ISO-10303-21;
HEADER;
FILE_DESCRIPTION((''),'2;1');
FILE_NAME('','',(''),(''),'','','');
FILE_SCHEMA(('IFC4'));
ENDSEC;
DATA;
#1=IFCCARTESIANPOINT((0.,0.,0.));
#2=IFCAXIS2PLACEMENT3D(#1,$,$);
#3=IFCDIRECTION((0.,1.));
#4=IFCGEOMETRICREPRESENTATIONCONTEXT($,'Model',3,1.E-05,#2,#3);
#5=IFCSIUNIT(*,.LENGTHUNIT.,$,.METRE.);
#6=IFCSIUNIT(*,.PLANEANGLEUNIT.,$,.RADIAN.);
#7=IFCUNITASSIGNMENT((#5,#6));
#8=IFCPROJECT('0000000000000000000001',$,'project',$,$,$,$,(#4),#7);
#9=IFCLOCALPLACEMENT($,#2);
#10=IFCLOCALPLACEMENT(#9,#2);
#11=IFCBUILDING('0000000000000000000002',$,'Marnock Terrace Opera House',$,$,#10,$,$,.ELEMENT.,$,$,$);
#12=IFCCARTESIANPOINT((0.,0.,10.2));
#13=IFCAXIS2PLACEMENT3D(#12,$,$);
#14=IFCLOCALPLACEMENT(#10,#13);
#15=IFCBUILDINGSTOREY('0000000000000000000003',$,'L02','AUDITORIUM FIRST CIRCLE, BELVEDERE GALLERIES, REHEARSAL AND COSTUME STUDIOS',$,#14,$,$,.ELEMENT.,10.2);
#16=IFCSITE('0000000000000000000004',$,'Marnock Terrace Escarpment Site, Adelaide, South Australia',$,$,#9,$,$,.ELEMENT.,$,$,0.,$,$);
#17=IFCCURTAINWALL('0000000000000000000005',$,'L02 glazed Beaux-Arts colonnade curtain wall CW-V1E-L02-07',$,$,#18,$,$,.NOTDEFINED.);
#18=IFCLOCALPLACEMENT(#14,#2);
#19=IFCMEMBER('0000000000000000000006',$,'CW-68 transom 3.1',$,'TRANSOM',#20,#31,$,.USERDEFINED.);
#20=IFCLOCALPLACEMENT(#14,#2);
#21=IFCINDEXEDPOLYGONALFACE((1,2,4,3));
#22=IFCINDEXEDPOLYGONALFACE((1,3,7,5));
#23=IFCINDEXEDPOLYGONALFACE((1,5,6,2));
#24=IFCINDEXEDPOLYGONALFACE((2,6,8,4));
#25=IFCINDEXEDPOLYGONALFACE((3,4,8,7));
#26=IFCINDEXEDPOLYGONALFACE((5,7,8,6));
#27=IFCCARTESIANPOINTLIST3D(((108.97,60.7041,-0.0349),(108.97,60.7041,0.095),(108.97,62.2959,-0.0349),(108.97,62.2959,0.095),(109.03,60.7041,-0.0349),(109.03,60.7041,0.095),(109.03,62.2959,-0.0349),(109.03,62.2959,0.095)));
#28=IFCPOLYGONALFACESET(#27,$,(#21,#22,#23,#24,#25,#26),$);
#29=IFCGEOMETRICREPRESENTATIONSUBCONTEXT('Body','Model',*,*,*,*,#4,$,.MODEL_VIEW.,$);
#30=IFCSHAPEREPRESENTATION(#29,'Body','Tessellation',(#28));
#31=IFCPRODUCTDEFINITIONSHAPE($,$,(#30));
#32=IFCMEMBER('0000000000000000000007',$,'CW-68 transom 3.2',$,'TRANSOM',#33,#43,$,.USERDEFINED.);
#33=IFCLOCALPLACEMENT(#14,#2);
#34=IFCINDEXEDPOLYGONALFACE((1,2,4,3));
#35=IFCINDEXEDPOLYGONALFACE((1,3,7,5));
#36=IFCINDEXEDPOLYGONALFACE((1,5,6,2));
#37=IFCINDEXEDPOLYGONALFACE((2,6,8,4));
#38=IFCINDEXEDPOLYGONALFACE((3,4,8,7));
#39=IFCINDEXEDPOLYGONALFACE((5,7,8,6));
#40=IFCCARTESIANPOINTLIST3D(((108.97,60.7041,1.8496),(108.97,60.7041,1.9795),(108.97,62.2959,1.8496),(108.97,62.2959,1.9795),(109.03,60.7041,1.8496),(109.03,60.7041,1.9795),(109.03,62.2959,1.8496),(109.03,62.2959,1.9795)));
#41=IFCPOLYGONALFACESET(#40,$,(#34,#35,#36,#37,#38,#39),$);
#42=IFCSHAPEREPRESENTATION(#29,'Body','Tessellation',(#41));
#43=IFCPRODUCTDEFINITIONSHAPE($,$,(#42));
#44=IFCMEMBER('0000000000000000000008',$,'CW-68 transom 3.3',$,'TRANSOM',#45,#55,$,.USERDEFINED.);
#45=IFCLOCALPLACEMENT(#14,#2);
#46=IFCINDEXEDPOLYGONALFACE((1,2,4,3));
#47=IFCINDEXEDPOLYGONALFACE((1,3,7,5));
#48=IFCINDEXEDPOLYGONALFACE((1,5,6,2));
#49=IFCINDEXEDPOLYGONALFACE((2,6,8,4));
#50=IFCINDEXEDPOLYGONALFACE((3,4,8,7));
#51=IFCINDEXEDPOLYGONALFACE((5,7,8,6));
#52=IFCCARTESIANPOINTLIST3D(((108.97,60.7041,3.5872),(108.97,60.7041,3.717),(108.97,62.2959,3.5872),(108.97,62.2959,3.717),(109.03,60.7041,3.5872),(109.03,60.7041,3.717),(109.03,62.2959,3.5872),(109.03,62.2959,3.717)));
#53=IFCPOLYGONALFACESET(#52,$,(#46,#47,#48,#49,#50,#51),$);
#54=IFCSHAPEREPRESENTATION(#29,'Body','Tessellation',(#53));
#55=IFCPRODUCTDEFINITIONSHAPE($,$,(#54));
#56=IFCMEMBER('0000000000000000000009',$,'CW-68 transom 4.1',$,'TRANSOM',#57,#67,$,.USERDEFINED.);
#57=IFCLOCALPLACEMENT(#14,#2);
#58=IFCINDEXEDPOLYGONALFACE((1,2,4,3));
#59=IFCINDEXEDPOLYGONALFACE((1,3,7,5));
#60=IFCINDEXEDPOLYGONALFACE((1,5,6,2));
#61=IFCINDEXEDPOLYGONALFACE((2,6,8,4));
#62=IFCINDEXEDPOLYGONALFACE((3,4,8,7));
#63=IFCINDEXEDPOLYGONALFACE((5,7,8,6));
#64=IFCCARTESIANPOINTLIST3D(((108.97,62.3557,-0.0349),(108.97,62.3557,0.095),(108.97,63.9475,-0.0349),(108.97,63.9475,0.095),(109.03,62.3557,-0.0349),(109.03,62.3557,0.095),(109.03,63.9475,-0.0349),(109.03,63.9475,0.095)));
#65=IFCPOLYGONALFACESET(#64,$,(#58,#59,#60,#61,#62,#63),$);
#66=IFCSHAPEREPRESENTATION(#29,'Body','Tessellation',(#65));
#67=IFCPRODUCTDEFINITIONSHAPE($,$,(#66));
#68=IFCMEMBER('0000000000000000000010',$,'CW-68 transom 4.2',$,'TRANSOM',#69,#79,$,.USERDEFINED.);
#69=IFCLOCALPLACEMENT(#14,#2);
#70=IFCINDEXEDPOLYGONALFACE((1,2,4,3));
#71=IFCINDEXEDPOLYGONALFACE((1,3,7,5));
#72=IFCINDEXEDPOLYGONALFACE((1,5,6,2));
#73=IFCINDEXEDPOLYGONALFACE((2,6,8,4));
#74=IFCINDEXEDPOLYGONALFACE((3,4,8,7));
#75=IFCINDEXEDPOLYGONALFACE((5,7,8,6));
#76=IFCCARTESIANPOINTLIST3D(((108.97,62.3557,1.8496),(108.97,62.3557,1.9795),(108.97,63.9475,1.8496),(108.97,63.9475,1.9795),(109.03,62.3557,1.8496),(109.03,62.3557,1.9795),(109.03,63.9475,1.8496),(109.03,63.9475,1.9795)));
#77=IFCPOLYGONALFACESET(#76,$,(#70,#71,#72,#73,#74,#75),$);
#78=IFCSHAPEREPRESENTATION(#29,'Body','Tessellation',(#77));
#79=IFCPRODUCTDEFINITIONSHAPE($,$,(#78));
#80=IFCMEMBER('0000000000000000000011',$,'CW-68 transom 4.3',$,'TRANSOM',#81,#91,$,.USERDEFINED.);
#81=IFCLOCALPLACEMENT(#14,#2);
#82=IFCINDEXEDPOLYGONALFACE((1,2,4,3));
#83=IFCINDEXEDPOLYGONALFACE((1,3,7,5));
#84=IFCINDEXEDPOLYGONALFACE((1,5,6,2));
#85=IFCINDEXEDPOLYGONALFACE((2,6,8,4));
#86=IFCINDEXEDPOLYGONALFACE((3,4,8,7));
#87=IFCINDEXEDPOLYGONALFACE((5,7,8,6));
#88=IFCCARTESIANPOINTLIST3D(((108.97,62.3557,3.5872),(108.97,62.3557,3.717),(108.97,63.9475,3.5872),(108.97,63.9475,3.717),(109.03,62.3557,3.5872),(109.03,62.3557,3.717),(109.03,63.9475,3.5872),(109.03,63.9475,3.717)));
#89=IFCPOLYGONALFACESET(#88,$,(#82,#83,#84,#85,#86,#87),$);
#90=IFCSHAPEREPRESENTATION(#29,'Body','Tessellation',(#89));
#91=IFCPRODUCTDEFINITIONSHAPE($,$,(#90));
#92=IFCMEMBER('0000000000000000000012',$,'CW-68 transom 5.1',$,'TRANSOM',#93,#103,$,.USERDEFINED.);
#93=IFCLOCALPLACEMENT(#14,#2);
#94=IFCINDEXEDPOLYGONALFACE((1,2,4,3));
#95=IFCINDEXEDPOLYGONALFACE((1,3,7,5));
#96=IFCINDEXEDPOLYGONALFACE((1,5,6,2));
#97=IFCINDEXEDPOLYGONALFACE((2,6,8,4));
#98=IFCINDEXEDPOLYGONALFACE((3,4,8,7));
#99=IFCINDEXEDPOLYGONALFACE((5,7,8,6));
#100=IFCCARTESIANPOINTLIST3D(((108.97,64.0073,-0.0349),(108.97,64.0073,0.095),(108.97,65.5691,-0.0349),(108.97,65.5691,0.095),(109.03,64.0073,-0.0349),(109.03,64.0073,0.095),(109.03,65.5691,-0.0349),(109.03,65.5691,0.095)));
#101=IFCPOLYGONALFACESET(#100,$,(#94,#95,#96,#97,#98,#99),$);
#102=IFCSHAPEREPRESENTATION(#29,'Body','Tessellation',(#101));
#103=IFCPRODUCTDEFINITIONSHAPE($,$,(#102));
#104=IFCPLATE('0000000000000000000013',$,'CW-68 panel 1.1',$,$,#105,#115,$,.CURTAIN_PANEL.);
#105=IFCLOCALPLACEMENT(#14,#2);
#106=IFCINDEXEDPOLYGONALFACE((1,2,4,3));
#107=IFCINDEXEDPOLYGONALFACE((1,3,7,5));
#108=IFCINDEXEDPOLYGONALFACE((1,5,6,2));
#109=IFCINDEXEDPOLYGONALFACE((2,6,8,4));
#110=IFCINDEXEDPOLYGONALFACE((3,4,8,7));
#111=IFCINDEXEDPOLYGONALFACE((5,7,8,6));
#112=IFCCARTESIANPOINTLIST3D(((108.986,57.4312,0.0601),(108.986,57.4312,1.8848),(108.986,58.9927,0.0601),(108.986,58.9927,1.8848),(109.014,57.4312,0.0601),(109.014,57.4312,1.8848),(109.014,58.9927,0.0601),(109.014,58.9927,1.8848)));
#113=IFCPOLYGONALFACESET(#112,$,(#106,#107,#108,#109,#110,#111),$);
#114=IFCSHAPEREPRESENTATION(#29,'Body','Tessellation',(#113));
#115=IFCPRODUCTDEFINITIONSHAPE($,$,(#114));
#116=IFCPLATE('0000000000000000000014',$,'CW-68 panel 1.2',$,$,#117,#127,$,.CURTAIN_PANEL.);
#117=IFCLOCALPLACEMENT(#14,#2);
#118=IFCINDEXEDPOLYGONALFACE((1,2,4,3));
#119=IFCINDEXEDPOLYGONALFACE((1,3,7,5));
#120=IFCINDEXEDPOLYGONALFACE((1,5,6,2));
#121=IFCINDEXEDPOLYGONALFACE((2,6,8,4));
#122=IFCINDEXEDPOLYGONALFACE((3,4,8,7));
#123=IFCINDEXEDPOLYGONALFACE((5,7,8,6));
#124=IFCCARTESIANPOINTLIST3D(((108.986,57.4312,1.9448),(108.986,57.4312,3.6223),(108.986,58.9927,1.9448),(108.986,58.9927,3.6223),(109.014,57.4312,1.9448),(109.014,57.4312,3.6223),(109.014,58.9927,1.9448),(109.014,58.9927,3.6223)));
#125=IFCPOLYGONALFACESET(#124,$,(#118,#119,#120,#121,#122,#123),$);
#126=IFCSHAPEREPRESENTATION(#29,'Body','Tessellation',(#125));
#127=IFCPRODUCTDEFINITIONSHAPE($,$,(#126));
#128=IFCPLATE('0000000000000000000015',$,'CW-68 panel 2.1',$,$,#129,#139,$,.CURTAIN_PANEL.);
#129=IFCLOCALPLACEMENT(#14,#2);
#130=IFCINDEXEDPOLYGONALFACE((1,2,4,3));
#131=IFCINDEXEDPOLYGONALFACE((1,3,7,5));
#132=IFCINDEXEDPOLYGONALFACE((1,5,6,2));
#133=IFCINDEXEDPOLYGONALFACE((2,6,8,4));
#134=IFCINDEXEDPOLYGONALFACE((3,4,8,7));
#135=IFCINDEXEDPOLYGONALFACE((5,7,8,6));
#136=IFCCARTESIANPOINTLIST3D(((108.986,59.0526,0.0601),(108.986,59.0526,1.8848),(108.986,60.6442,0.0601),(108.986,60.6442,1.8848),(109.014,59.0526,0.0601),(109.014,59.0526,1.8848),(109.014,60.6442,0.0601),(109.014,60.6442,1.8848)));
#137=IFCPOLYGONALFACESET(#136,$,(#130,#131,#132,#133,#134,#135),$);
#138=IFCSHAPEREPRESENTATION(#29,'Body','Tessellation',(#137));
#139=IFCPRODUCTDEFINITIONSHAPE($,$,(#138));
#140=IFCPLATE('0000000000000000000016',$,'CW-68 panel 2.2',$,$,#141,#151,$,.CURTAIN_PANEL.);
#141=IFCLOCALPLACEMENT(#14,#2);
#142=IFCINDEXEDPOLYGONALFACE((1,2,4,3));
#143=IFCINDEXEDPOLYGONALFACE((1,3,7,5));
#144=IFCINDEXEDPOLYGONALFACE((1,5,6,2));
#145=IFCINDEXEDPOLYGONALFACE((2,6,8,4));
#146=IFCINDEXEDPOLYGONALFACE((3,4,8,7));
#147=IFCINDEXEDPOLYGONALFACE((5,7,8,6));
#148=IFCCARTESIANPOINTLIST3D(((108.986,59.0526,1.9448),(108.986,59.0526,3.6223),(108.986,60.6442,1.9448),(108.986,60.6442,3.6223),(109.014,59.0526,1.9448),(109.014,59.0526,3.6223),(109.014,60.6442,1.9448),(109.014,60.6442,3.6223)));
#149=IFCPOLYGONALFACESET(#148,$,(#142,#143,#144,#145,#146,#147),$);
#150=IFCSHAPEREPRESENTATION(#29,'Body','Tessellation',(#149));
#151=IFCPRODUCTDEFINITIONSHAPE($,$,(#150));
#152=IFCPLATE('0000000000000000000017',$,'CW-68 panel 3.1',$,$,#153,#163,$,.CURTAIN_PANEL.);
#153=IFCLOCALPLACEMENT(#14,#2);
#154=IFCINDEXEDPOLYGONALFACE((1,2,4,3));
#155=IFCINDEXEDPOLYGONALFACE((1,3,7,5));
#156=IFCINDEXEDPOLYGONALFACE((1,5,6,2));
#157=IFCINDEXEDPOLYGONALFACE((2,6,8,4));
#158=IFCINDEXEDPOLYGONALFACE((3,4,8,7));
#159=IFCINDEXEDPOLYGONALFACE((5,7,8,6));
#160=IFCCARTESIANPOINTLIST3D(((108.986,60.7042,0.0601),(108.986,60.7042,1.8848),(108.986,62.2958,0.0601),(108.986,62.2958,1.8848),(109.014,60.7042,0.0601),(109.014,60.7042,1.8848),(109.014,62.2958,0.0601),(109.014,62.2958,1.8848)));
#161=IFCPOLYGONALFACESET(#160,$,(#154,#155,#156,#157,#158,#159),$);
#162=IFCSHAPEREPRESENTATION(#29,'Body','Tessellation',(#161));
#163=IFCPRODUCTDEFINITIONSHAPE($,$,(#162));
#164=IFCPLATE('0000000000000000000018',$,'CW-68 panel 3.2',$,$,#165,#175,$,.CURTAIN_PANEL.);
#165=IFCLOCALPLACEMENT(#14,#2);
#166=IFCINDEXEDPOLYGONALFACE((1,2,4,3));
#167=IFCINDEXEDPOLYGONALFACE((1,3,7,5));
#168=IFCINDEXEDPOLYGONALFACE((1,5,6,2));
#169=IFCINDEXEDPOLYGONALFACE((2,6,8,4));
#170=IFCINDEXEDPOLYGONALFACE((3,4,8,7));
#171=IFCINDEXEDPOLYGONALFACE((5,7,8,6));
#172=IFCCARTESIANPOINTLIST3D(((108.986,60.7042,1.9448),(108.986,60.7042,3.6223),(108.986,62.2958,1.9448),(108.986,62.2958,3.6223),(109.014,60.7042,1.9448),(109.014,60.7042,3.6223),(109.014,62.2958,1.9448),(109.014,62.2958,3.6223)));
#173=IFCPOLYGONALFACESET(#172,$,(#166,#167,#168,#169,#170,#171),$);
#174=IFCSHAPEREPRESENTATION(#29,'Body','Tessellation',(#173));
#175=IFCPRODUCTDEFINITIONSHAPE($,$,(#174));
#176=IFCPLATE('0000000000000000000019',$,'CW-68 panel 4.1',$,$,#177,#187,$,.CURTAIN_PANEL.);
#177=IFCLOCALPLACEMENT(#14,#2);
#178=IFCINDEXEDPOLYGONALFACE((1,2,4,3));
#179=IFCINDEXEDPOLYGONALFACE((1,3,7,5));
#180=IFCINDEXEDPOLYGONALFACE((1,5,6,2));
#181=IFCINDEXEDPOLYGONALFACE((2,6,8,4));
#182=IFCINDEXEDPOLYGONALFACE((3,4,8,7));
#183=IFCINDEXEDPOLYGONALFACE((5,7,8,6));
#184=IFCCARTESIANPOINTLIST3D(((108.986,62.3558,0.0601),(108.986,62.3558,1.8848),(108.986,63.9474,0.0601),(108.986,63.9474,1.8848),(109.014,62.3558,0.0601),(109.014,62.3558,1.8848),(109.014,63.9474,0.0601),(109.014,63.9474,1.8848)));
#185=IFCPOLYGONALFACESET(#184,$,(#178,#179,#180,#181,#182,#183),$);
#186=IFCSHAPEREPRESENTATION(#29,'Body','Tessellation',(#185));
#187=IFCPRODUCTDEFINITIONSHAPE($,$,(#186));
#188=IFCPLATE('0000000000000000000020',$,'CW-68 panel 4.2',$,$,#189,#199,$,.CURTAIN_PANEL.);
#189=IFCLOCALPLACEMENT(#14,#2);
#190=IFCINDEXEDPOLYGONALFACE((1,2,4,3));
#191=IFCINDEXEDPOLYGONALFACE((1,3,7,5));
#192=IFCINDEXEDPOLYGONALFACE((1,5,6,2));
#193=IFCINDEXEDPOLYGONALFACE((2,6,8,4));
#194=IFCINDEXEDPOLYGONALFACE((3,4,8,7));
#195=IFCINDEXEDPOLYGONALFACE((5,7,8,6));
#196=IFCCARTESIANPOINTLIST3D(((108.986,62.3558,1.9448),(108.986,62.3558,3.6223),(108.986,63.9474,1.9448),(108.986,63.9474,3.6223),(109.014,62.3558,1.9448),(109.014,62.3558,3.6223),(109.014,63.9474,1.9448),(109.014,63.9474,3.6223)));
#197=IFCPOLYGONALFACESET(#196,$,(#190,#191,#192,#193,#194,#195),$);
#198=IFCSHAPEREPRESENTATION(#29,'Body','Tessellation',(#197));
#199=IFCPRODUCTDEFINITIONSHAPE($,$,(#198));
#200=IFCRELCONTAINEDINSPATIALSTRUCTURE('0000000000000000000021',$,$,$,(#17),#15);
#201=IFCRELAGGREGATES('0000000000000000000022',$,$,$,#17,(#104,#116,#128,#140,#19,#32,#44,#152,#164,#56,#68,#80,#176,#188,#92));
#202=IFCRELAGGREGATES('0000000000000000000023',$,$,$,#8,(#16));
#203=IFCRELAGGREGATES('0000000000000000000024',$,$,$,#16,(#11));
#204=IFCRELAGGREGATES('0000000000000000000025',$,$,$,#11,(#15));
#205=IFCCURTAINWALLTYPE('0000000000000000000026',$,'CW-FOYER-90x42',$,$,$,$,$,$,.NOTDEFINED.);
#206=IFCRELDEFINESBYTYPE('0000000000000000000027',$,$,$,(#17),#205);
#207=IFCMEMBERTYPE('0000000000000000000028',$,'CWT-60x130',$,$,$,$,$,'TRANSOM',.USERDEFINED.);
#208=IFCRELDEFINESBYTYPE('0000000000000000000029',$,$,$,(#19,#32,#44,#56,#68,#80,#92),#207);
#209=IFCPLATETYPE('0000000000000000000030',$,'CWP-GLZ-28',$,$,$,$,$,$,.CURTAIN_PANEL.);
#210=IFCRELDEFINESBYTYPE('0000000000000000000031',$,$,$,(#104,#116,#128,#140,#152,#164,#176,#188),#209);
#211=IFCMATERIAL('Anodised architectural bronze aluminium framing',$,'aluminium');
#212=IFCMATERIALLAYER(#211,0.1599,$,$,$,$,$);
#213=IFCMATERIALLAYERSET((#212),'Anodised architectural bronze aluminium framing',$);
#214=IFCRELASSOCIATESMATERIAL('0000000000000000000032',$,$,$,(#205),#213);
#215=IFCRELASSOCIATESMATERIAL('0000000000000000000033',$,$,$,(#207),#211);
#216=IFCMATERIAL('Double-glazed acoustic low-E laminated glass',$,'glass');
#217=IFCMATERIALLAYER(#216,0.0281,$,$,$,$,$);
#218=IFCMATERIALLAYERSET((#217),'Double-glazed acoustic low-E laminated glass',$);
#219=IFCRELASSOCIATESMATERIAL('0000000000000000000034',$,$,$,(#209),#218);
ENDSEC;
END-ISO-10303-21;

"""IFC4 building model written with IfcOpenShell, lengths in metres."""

from ifc_helpers import new_model, si_unit, direction, frame, origin, origin_2d, place, context, subcontext, project, spatial, rectangle, extrude, material, layer, layer_set, material_profile, profile_set, type_object, element, aggregate, save


model = new_model("IFC4")

# Units and contexts
model_context = context("Model", 3, precision=1e-05, world=origin(), true_north=direction((0.0, 1.0)))
body_context = subcontext(model_context, "Body", "Model", "MODEL_VIEW")
ifc_project = project(units=[si_unit("LENGTHUNIT", "METRE"), si_unit("PLANEANGLEUNIT", "RADIAN")], contexts=[model_context])

# Site, building, storey
site_placement = place(None, origin())
site = spatial("IfcSite", under=ifc_project, at=site_placement, Name="Marnock Terrace Escarpment Site, Adelaide, South Australia", CompositionType="ELEMENT", RefElevation=0.0)
building_placement = place(site_placement, origin())
building = spatial("IfcBuilding", under=site, at=building_placement, Name="Marnock Terrace Opera House", CompositionType="ELEMENT")
storey_placement = place(building_placement, frame((0.0, 0.0, 10.2)))
storey = spatial("IfcBuildingStorey", under=building, at=storey_placement, Name="L02", Description="AUDITORIUM FIRST CIRCLE, BELVEDERE GALLERIES, REHEARSAL AND COSTUME STUDIOS", CompositionType="ELEMENT", Elevation=10.2)

# Curtain wall, members, plates
ifc_material_1 = material(Name="Anodised architectural bronze aluminium framing", Category="aluminium")
ifc_layer_1 = layer(ifc_material_1, 0.1599)
ifc_layer_set_1 = layer_set([ifc_layer_1], Name="Anodised architectural bronze aluminium framing")
curtain_wall_type = type_object("IfcCurtainWallType", Name="CW-FOYER-90x42", PredefinedType="NOTDEFINED", material=ifc_layer_set_1)
curtain_wall_placement = place(storey_placement, origin())
curtain_wall = element("IfcCurtainWall", 1, at=curtain_wall_placement, inside=storey, type_object=curtain_wall_type, Name="L02 glazed Beaux-Arts colonnade curtain wall CW-V1E-L02-07", PredefinedType="NOTDEFINED")
ifc_material_profile_1 = material_profile(ifc_material_1, rectangle(XDim=0.0601, YDim=0.1299, at=origin_2d()))
ifc_profile_set_1 = profile_set([ifc_material_profile_1], Name="Anodised architectural bronze aluminium framing")
member_type_1 = type_object("IfcMemberType", Name="CWT-60x130", ElementType="TRANSOM", PredefinedType="USERDEFINED", material=ifc_profile_set_1)
member_1_placement = place(storey_placement, frame((109.0, 60.7041, 0.03), z_axis=(0.0, 1.0, 0.0), x_axis=(-1.0, 0.0, 0.0)))
member_1 = element("IfcMember", 2, at=member_1_placement, type_object=member_type_1, Name="CW-68 transom 3.1", ObjectType="TRANSOM", PredefinedType="USERDEFINED", context=body_context, shape_type="SweptSolid", body=[
    extrude(rectangle(XDim=0.0601, YDim=0.1299, at=origin_2d()), origin(), (0.0, 0.0, 1.0), 1.5918),
])
member_2_placement = place(storey_placement, frame((109.0, 60.7041, 1.9146), z_axis=(0.0, 1.0, 0.0), x_axis=(-1.0, 0.0, 0.0)))
member_2 = element("IfcMember", 3, at=member_2_placement, type_object=member_type_1, Name="CW-68 transom 3.2", ObjectType="TRANSOM", PredefinedType="USERDEFINED", context=body_context, shape_type="SweptSolid", body=[
    extrude(rectangle(XDim=0.0601, YDim=0.1299, at=origin_2d()), origin(), (0.0, 0.0, 1.0), 1.5918),
])
member_3_placement = place(storey_placement, frame((109.0, 60.7041, 3.6521), z_axis=(0.0, 1.0, 0.0), x_axis=(-1.0, 0.0, 0.0)))
member_3 = element("IfcMember", 4, at=member_3_placement, type_object=member_type_1, Name="CW-68 transom 3.3", ObjectType="TRANSOM", PredefinedType="USERDEFINED", context=body_context, shape_type="SweptSolid", body=[
    extrude(rectangle(XDim=0.0601, YDim=0.1299, at=origin_2d()), origin(), (0.0, 0.0, 1.0), 1.5918),
])
member_4_placement = place(storey_placement, frame((109.0, 62.3557, 0.03), z_axis=(0.0, 1.0, 0.0), x_axis=(-1.0, 0.0, 0.0)))
member_4 = element("IfcMember", 5, at=member_4_placement, type_object=member_type_1, Name="CW-68 transom 4.1", ObjectType="TRANSOM", PredefinedType="USERDEFINED", context=body_context, shape_type="SweptSolid", body=[
    extrude(rectangle(XDim=0.0601, YDim=0.1299, at=origin_2d()), origin(), (0.0, 0.0, 1.0), 1.5918),
])
member_5_placement = place(storey_placement, frame((109.0, 62.3557, 1.9146), z_axis=(0.0, 1.0, 0.0), x_axis=(-1.0, 0.0, 0.0)))
member_5 = element("IfcMember", 6, at=member_5_placement, type_object=member_type_1, Name="CW-68 transom 4.2", ObjectType="TRANSOM", PredefinedType="USERDEFINED", context=body_context, shape_type="SweptSolid", body=[
    extrude(rectangle(XDim=0.0601, YDim=0.1299, at=origin_2d()), origin(), (0.0, 0.0, 1.0), 1.5918),
])
member_6_placement = place(storey_placement, frame((109.0, 62.3557, 3.6521), z_axis=(0.0, 1.0, 0.0), x_axis=(-1.0, 0.0, 0.0)))
member_6 = element("IfcMember", 7, at=member_6_placement, type_object=member_type_1, Name="CW-68 transom 4.3", ObjectType="TRANSOM", PredefinedType="USERDEFINED", context=body_context, shape_type="SweptSolid", body=[
    extrude(rectangle(XDim=0.0601, YDim=0.1299, at=origin_2d()), origin(), (0.0, 0.0, 1.0), 1.5918),
])
member_7_placement = place(storey_placement, frame((109.0, 64.0073, 0.03), z_axis=(0.0, 1.0, 0.0), x_axis=(-1.0, 0.0, 0.0)))
member_7 = element("IfcMember", 8, at=member_7_placement, type_object=member_type_1, Name="CW-68 transom 5.1", ObjectType="TRANSOM", PredefinedType="USERDEFINED", context=body_context, shape_type="SweptSolid", body=[
    extrude(rectangle(XDim=0.0601, YDim=0.1299, at=origin_2d()), origin(), (0.0, 0.0, 1.0), 1.5618),
])
ifc_material_2 = material(Name="Double-glazed acoustic low-E laminated glass", Category="glass")
ifc_layer_2 = layer(ifc_material_2, 0.0281)
ifc_layer_set_2 = layer_set([ifc_layer_2], Name="Double-glazed acoustic low-E laminated glass")
plate_type = type_object("IfcPlateType", Name="CWP-GLZ-28", PredefinedType="CURTAIN_PANEL", material=ifc_layer_set_2)
plate_1_placement = place(storey_placement, frame((109.0, 58.2119, 0.0601), z_axis=(0.0, 0.0, 1.0), x_axis=(0.0, 1.0, 0.0)))
plate_1 = element("IfcPlate", 9, at=plate_1_placement, type_object=plate_type, Name="CW-68 panel 1.1", PredefinedType="CURTAIN_PANEL", context=body_context, shape_type="SweptSolid", body=[
    extrude(rectangle(XDim=1.5615, YDim=0.0281, at=origin_2d()), origin(), (0.0, 0.0, 1.0), 1.8247),
])
plate_2_placement = place(storey_placement, frame((109.0, 58.2119, 1.9448), z_axis=(0.0, 0.0, 1.0), x_axis=(0.0, 1.0, 0.0)))
plate_2 = element("IfcPlate", 10, at=plate_2_placement, type_object=plate_type, Name="CW-68 panel 1.2", PredefinedType="CURTAIN_PANEL", context=body_context, shape_type="SweptSolid", body=[
    extrude(rectangle(XDim=1.5615, YDim=0.0281, at=origin_2d()), origin(), (0.0, 0.0, 1.0), 1.6775),
])
plate_3_placement = place(storey_placement, frame((109.0, 59.8484, 0.0601), z_axis=(0.0, 0.0, 1.0), x_axis=(0.0, 1.0, 0.0)))
plate_3 = element("IfcPlate", 11, at=plate_3_placement, type_object=plate_type, Name="CW-68 panel 2.1", PredefinedType="CURTAIN_PANEL", context=body_context, shape_type="SweptSolid", body=[
    extrude(rectangle(XDim=1.5916, YDim=0.0281, at=origin_2d()), origin(), (0.0, 0.0, 1.0), 1.8247),
])
plate_4_placement = place(storey_placement, frame((109.0, 59.8484, 1.9448), z_axis=(0.0, 0.0, 1.0), x_axis=(0.0, 1.0, 0.0)))
plate_4 = element("IfcPlate", 12, at=plate_4_placement, type_object=plate_type, Name="CW-68 panel 2.2", PredefinedType="CURTAIN_PANEL", context=body_context, shape_type="SweptSolid", body=[
    extrude(rectangle(XDim=1.5916, YDim=0.0281, at=origin_2d()), origin(), (0.0, 0.0, 1.0), 1.6775),
])
plate_5_placement = place(storey_placement, frame((109.0, 61.5, 0.0601), z_axis=(0.0, 0.0, 1.0), x_axis=(0.0, 1.0, 0.0)))
plate_5 = element("IfcPlate", 13, at=plate_5_placement, type_object=plate_type, Name="CW-68 panel 3.1", PredefinedType="CURTAIN_PANEL", context=body_context, shape_type="SweptSolid", body=[
    extrude(rectangle(XDim=1.5916, YDim=0.0281, at=origin_2d()), origin(), (0.0, 0.0, 1.0), 1.8247),
])
plate_6_placement = place(storey_placement, frame((109.0, 61.5, 1.9448), z_axis=(0.0, 0.0, 1.0), x_axis=(0.0, 1.0, 0.0)))
plate_6 = element("IfcPlate", 14, at=plate_6_placement, type_object=plate_type, Name="CW-68 panel 3.2", PredefinedType="CURTAIN_PANEL", context=body_context, shape_type="SweptSolid", body=[
    extrude(rectangle(XDim=1.5916, YDim=0.0281, at=origin_2d()), origin(), (0.0, 0.0, 1.0), 1.6775),
])
plate_7_placement = place(storey_placement, frame((109.0, 63.1516, 0.0601), z_axis=(0.0, 0.0, 1.0), x_axis=(0.0, 1.0, 0.0)))
plate_7 = element("IfcPlate", 15, at=plate_7_placement, type_object=plate_type, Name="CW-68 panel 4.1", PredefinedType="CURTAIN_PANEL", context=body_context, shape_type="SweptSolid", body=[
    extrude(rectangle(XDim=1.5916, YDim=0.0281, at=origin_2d()), origin(), (0.0, 0.0, 1.0), 1.8247),
])
plate_8_placement = place(storey_placement, frame((109.0, 63.1516, 1.9448), z_axis=(0.0, 0.0, 1.0), x_axis=(0.0, 1.0, 0.0)))
plate_8 = element("IfcPlate", 16, at=plate_8_placement, type_object=plate_type, Name="CW-68 panel 4.2", PredefinedType="CURTAIN_PANEL", context=body_context, shape_type="SweptSolid", body=[
    extrude(rectangle(XDim=1.5916, YDim=0.0281, at=origin_2d()), origin(), (0.0, 0.0, 1.0), 1.6775),
])
aggregate(curtain_wall, [plate_1, plate_2, plate_3, plate_4, member_1, member_2, member_3, plate_5, plate_6, member_4, member_5, member_6, plate_7, plate_8, member_7])

save(model, "model.ifc")
